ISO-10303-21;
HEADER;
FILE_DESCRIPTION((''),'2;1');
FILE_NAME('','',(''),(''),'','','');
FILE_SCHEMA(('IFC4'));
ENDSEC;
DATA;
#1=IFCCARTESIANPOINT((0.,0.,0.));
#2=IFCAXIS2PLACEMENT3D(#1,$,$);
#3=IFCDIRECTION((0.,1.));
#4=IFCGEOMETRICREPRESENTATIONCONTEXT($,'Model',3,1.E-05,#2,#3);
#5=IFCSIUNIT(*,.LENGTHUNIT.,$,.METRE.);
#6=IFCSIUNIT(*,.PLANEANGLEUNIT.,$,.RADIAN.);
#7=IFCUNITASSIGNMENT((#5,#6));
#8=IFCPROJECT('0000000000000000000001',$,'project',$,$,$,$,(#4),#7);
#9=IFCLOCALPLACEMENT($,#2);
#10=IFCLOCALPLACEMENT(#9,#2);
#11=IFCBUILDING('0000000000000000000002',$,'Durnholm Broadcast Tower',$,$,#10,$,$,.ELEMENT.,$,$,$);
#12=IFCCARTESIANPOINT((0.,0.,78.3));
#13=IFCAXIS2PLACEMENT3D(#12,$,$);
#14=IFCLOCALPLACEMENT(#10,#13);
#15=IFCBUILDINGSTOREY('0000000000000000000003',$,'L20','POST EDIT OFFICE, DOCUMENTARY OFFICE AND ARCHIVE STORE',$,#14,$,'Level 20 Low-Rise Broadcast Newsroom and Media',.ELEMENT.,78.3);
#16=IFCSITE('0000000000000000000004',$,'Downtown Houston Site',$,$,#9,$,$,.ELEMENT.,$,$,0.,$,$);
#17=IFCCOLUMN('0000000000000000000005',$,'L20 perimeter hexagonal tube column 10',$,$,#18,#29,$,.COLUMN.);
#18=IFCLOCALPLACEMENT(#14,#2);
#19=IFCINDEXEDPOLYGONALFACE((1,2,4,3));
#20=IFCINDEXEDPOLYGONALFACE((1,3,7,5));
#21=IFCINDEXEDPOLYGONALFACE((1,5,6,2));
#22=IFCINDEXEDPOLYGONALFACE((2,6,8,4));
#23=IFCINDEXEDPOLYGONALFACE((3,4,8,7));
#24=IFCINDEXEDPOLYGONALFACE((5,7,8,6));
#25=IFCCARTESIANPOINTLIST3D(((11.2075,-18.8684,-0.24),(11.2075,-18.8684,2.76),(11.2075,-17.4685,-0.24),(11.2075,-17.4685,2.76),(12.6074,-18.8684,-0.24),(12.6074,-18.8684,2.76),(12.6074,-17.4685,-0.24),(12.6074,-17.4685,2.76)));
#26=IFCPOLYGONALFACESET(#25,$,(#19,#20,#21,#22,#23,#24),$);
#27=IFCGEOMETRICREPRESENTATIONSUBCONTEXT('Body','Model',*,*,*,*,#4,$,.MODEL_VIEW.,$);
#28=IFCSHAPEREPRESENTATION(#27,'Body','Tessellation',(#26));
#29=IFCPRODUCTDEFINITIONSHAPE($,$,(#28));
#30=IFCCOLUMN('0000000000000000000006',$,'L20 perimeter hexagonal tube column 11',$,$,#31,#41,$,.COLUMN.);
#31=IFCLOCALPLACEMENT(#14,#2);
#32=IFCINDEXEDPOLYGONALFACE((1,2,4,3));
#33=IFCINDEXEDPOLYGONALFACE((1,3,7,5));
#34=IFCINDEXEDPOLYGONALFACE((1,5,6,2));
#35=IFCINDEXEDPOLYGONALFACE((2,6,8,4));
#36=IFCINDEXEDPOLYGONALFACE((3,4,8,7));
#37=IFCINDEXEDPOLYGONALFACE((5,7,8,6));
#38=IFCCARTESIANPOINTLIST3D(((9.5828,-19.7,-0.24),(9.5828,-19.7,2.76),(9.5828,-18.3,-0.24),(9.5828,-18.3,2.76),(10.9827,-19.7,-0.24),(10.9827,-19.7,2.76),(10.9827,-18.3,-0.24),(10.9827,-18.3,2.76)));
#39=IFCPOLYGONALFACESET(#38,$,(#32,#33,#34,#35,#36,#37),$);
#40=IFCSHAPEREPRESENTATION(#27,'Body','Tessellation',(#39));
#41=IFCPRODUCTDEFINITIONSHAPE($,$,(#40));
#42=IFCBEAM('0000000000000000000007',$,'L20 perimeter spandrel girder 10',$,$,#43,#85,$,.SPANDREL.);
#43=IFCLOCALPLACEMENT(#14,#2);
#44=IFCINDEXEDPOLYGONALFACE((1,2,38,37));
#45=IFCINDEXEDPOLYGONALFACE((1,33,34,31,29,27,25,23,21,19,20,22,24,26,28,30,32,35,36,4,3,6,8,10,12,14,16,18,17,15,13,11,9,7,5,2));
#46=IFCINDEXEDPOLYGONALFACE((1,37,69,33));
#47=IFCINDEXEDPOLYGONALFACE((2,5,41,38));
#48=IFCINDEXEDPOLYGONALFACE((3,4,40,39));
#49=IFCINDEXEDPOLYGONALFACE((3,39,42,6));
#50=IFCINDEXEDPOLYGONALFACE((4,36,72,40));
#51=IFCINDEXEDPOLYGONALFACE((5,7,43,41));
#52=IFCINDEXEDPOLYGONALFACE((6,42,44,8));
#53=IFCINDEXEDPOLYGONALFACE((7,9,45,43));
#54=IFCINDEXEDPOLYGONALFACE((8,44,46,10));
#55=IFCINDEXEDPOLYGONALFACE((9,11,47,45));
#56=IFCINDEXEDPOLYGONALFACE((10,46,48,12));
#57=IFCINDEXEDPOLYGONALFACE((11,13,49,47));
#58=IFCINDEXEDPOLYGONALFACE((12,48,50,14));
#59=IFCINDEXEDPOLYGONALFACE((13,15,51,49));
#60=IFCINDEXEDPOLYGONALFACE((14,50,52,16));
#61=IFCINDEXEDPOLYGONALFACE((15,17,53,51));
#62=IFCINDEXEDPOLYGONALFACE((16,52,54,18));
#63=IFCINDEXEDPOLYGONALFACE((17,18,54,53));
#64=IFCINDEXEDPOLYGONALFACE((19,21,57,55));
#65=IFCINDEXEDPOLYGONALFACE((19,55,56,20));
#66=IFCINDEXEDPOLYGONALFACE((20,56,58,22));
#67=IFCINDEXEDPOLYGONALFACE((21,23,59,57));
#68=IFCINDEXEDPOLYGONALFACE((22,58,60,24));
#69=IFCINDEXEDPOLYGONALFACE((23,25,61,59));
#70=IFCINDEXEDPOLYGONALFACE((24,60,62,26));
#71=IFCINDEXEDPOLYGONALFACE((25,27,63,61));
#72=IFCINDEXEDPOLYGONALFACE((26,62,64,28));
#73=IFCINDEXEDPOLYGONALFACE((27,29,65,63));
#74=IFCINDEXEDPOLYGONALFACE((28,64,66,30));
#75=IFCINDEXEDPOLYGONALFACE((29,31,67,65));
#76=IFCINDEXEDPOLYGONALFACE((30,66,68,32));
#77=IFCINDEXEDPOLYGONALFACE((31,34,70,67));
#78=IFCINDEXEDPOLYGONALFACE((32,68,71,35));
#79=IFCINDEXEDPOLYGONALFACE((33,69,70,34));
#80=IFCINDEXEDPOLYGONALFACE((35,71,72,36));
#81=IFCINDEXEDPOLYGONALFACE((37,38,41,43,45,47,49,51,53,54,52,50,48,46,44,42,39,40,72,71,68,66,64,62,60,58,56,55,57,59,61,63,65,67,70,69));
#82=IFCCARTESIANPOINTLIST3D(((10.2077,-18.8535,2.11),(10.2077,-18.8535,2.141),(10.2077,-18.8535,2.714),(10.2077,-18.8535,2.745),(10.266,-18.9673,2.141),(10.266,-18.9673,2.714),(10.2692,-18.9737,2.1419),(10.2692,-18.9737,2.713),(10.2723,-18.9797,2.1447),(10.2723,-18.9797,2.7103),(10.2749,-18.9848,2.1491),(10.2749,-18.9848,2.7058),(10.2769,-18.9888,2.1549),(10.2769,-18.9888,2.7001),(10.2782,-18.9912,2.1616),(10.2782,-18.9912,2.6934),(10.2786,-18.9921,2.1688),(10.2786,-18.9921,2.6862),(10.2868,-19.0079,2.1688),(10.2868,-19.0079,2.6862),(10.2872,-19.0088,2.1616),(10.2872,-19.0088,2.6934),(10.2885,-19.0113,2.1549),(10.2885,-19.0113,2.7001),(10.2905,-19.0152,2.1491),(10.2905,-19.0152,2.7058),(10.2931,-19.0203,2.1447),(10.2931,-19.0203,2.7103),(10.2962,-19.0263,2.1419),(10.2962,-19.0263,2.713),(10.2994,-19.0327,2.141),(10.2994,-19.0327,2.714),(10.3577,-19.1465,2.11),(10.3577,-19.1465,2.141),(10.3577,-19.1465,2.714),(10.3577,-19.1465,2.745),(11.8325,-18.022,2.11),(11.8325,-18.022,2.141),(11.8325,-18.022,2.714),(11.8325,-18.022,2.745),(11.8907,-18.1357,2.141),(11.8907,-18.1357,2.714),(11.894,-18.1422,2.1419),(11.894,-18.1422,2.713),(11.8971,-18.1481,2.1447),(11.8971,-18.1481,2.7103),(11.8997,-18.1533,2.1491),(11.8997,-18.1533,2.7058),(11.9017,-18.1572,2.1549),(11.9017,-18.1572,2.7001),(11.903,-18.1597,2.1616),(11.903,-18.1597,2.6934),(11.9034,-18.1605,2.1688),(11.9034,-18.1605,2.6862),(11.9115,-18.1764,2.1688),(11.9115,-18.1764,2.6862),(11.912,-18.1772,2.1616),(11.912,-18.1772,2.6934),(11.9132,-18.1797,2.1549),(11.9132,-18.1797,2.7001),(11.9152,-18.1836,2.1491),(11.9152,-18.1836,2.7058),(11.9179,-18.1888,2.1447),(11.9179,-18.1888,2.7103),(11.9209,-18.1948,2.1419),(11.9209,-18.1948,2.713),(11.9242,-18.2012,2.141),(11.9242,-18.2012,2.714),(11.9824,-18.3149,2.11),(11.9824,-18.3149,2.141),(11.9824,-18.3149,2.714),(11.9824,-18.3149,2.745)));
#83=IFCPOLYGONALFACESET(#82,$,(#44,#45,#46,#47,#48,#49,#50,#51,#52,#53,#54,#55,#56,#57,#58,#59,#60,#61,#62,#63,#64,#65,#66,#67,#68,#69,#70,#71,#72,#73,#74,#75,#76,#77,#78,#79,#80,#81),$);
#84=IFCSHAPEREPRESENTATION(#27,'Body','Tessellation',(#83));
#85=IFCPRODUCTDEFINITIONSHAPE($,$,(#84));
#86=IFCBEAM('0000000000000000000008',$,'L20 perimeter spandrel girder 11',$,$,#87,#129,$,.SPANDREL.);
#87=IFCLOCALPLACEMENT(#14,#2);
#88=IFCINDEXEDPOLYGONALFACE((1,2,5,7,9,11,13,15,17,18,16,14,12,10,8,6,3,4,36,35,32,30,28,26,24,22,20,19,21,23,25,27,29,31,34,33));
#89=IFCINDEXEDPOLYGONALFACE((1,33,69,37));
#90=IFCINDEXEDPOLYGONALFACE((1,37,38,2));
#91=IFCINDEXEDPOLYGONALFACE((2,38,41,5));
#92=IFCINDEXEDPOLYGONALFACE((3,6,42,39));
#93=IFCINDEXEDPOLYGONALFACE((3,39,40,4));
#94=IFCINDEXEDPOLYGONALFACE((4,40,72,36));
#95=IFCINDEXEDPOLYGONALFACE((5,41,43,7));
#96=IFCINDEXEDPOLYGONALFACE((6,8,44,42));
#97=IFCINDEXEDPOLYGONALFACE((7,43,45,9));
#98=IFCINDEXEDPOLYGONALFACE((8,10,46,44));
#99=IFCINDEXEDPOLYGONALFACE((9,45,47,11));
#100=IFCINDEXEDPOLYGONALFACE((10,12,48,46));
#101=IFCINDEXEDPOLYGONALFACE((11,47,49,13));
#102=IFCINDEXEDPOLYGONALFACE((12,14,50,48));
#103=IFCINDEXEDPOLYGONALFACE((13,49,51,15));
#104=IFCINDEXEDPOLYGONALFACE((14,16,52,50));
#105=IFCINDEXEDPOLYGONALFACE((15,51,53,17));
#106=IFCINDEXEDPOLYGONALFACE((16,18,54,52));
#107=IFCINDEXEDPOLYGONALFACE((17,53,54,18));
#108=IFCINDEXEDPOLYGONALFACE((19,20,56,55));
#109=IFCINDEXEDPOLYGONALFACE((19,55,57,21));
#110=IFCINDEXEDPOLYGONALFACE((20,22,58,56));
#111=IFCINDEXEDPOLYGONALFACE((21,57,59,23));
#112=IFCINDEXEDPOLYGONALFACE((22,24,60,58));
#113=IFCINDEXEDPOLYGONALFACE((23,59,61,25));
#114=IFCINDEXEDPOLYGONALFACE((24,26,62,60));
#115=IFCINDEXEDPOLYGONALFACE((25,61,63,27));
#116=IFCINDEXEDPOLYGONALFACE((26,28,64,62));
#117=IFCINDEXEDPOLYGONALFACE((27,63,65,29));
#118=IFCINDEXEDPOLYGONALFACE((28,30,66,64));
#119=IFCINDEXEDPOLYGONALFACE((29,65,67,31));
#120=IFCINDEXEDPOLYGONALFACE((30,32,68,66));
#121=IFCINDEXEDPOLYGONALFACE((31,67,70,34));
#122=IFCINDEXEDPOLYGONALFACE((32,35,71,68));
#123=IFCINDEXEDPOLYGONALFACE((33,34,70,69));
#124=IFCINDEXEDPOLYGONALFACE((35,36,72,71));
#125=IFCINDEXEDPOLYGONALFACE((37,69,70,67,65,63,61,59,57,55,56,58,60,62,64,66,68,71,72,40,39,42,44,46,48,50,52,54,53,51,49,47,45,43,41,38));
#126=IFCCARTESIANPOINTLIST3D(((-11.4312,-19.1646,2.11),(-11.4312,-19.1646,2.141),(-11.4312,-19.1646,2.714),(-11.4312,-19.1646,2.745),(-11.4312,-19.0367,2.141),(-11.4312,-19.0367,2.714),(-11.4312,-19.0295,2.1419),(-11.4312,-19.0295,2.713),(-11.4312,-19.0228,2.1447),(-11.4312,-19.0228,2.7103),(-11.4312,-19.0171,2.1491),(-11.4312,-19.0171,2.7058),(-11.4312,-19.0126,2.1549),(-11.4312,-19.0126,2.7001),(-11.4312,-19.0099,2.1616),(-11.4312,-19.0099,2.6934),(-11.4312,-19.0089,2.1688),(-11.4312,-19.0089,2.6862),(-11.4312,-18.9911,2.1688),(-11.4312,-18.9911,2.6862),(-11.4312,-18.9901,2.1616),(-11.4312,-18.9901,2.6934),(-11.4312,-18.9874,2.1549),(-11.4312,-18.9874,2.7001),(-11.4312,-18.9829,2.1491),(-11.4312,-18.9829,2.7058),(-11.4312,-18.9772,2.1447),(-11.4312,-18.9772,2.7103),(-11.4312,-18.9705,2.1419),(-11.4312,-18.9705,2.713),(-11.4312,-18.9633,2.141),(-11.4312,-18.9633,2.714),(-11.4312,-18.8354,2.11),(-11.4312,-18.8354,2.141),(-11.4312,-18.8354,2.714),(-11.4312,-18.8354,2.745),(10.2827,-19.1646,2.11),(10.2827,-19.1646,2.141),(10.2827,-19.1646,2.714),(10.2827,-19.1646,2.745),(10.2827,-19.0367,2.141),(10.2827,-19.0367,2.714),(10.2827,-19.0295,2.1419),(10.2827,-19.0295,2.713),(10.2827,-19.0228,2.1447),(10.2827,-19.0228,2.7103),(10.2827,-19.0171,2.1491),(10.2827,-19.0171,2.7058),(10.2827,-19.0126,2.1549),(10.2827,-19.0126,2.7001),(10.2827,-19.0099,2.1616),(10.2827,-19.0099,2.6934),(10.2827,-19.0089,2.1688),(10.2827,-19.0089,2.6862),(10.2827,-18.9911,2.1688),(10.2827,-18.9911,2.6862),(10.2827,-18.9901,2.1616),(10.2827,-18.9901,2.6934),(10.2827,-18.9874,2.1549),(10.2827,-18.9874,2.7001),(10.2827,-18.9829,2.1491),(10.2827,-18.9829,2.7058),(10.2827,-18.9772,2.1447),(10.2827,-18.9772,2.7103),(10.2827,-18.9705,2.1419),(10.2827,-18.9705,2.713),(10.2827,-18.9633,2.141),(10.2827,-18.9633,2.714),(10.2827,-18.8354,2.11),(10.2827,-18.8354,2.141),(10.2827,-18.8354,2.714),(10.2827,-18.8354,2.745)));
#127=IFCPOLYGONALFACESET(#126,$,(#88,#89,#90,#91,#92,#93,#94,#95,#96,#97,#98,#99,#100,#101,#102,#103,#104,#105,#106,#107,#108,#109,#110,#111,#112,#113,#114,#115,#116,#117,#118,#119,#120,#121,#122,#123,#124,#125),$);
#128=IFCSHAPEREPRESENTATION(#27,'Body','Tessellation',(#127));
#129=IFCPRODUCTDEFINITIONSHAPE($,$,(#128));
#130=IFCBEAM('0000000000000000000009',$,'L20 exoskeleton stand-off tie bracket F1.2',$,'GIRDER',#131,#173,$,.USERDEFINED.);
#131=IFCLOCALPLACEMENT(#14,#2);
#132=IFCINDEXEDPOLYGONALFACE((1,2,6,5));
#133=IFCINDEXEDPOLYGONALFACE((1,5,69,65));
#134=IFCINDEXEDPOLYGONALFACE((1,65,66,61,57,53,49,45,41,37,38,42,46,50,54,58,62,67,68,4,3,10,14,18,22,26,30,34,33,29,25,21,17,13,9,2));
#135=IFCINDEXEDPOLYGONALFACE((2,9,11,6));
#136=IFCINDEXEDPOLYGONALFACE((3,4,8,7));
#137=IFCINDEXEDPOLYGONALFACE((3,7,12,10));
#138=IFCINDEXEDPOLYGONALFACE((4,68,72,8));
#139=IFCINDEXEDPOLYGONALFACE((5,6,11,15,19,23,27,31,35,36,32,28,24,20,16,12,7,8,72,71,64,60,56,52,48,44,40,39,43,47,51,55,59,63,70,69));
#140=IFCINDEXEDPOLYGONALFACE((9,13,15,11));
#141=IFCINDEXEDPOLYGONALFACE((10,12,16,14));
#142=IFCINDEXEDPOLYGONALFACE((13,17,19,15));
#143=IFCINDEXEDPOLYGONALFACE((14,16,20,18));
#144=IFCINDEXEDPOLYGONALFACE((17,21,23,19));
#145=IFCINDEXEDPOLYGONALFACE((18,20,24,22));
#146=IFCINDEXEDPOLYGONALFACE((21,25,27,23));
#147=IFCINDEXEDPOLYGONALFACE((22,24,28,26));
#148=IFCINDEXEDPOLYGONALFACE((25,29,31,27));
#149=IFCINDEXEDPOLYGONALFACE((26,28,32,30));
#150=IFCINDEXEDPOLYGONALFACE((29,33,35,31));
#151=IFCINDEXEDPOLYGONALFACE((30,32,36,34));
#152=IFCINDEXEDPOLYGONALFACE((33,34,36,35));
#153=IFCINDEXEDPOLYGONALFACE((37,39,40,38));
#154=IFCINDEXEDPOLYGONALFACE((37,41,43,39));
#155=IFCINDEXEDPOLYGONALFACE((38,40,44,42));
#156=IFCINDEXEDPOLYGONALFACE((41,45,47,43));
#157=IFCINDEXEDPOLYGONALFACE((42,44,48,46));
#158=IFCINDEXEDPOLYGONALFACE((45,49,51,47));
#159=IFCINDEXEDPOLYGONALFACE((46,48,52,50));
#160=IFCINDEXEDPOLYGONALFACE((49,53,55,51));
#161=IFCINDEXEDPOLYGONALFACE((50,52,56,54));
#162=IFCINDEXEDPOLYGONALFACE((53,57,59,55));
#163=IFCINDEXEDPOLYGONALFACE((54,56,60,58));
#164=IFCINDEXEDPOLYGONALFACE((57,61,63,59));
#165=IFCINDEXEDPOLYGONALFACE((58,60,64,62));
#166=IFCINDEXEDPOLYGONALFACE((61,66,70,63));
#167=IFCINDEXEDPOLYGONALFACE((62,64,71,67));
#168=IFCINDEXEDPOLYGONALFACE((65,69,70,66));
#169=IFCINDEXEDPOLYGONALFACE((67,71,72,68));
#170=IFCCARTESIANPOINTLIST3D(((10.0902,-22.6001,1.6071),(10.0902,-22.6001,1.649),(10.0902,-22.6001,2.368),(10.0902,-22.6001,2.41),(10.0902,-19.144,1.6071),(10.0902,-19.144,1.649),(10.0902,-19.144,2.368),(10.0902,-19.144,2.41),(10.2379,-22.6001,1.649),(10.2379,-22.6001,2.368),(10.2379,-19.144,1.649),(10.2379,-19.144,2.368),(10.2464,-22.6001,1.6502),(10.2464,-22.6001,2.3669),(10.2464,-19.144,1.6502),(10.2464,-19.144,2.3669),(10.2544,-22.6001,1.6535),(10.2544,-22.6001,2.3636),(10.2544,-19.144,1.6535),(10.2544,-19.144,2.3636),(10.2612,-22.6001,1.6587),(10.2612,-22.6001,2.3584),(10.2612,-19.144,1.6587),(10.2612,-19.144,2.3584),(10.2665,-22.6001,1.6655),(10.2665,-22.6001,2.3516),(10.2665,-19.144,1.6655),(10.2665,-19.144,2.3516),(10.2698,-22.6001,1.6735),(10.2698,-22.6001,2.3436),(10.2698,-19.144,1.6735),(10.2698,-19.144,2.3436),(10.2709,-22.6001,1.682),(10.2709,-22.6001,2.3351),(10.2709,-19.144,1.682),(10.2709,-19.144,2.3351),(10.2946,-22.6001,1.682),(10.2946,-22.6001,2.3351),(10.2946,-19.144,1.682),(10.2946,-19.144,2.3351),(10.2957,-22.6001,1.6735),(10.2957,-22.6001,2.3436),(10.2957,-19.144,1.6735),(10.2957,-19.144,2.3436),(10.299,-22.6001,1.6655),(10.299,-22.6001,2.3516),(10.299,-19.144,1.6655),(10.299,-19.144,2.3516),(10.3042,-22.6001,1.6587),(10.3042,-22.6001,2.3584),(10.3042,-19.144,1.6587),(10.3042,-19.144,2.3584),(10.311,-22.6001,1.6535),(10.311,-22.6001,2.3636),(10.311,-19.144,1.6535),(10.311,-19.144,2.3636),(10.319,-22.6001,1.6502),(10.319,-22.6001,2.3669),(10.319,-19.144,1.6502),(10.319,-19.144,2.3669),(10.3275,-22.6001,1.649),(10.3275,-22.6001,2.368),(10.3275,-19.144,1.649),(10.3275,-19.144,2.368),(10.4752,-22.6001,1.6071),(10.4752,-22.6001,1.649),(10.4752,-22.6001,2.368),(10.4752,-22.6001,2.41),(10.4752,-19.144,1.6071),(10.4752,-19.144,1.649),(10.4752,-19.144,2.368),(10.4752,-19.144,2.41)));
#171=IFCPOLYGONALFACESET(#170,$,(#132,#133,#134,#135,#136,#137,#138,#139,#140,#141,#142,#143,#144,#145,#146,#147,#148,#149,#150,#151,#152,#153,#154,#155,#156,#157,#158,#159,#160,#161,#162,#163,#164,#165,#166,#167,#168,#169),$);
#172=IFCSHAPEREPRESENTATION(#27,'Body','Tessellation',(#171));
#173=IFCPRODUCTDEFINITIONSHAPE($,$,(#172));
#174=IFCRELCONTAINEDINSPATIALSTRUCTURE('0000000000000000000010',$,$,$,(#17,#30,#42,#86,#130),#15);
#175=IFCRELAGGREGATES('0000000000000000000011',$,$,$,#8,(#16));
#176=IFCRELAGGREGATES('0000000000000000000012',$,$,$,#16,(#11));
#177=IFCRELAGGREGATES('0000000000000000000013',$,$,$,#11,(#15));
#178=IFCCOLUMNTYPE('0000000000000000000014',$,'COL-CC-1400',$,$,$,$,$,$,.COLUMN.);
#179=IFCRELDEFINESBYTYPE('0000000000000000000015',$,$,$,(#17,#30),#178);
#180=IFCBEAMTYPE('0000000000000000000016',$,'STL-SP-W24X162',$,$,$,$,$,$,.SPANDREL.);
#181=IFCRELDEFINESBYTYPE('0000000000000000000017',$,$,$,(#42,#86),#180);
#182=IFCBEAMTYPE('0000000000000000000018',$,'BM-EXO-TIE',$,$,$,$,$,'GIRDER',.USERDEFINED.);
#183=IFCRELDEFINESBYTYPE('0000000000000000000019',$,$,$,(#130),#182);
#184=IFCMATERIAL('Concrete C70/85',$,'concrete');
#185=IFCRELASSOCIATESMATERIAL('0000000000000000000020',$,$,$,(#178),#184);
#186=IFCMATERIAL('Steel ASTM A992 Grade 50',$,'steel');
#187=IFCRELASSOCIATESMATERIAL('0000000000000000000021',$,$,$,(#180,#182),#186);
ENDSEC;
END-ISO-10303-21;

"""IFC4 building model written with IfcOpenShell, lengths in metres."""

from ifc_helpers import new_model, si_unit, direction, frame, origin, origin_2d, place, context, subcontext, project, spatial, rectangle, i_section, extrude, source, transform, mapped, material, material_profile, profile_set, type_object, type_shapes, element, save


model = new_model("IFC4")

# Units and contexts
model_context = context("Model", 3, precision=1e-05, world=origin(), true_north=direction((0.0, 1.0)))
body_context = subcontext(model_context, "Body", "Model", "MODEL_VIEW")
ifc_project = project(units=[si_unit("LENGTHUNIT", "METRE"), si_unit("PLANEANGLEUNIT", "RADIAN")], contexts=[model_context])

# Site, building, storey
site_placement = place(None, origin())
site = spatial("IfcSite", under=ifc_project, at=site_placement, Name="Downtown Houston Site", CompositionType="ELEMENT", RefElevation=0.0)
building_placement = place(site_placement, origin())
building = spatial("IfcBuilding", under=site, at=building_placement, Name="Durnholm Broadcast Tower", CompositionType="ELEMENT")
storey_placement = place(building_placement, frame((0.0, 0.0, 78.3)))
storey = spatial("IfcBuildingStorey", under=building, at=storey_placement, Name="L20", Description="POST EDIT OFFICE, DOCUMENTARY OFFICE AND ARCHIVE STORE", LongName="Level 20 Low-Rise Broadcast Newsroom and Media", CompositionType="ELEMENT", Elevation=78.3)

# Columns
ifc_material_1 = material(Name="Concrete C70/85", Category="concrete")
ifc_material_profile_1 = material_profile(ifc_material_1, rectangle(XDim=1.3999, YDim=1.3999, at=origin_2d()), Name="RC1400X1400")
ifc_profile_set_1 = profile_set([ifc_material_profile_1], Name="Concrete C70/85")
column_type = type_object("IfcColumnType", Name="COL-CC-1400", PredefinedType="COLUMN", material=ifc_profile_set_1)
shared_shape_1 = source(origin(), body_context, "Body", "SweptSolid", [
    extrude(rectangle(XDim=1.3999, YDim=1.3999, at=origin_2d()), origin(), (0.0, 0.0, 1.0), 3.0),
])
type_shapes(column_type, [shared_shape_1])
for number, where, z_axis, x_axis, name in (
    (1, (11.9075, -18.1685, -0.24), (0.0, 0.0, 1.0), (1.0, 0.0, 0.0), "L20 perimeter hexagonal tube column 10"),
    (2, (10.2827, -19.0, -0.24), (0.0, 0.0, 1.0), (1.0, 0.0, 0.0), "L20 perimeter hexagonal tube column 11"),
):
    element("IfcColumn", number, at=place(storey_placement, frame(where, z_axis=z_axis, x_axis=x_axis)), inside=storey, type_object=column_type, Name=name, PredefinedType="COLUMN", context=body_context, shape_type="MappedRepresentation", body=[
        mapped(shared_shape_1, transform((0.0, 0.0, 0.0), x_axis=(1.0, 0.0, 0.0), y_axis=(0.0, 1.0, 0.0), z_axis=(0.0, 0.0, 1.0), scale=1.0)),
    ])

# Beams
ifc_material_2 = material(Name="Steel ASTM A992 Grade 50", Category="steel")
ifc_material_profile_2 = material_profile(ifc_material_2, i_section(OverallWidth=0.3291, OverallDepth=0.635, WebThickness=0.0178, FlangeThickness=0.031, FilletRadius=0.0278, at=origin_2d()), Name="W24X162")
ifc_profile_set_2 = profile_set([ifc_material_profile_2], Name="Steel ASTM A992 Grade 50")
beam_type_1 = type_object("IfcBeamType", Name="STL-SP-W24X162", PredefinedType="SPANDREL", material=ifc_profile_set_2)
shared_shape_2 = source(origin(), body_context, "Body", "SweptSolid", [
    extrude(i_section(OverallWidth=0.3291, OverallDepth=0.635, WebThickness=0.0178, FlangeThickness=0.031, FilletRadius=0.0278, at=origin_2d()), origin(), (0.0, 0.0, 1.0), 1.8252),
])
beam_1_placement = place(storey_placement, frame((11.9075, -18.1685, 2.4275), z_axis=(-0.890188, -0.455594, 0.0), x_axis=(0.455594, -0.890188, 0.0)))
element("IfcBeam", 3, at=beam_1_placement, inside=storey, type_object=beam_type_1, Name="L20 perimeter spandrel girder 10", PredefinedType="SPANDREL", context=body_context, shape_type="MappedRepresentation", body=[
    mapped(shared_shape_2, transform((0.0, 0.0, 0.0), x_axis=(1.0, 0.0, 0.0), y_axis=(0.0, 1.0, 0.0), z_axis=(0.0, 0.0, 1.0), scale=1.0)),
])
shared_shape_3 = source(origin(), body_context, "Body", "SweptSolid", [
    extrude(i_section(OverallWidth=0.3291, OverallDepth=0.635, WebThickness=0.0178, FlangeThickness=0.031, FilletRadius=0.0278, at=origin_2d()), origin(), (0.0, 0.0, 1.0), 21.7139),
])
type_shapes(beam_type_1, [shared_shape_2, shared_shape_3])
beam_2_placement = place(storey_placement, frame((10.2827, -19.0, 2.4275), z_axis=(-1.0, 0.0, 0.0), x_axis=(0.0, -1.0, 0.0)))
element("IfcBeam", 4, at=beam_2_placement, inside=storey, type_object=beam_type_1, Name="L20 perimeter spandrel girder 11", PredefinedType="SPANDREL", context=body_context, shape_type="MappedRepresentation", body=[
    mapped(shared_shape_3, transform((0.0, 0.0, 0.0), x_axis=(1.0, 0.0, 0.0), y_axis=(0.0, 1.0, 0.0), z_axis=(0.0, 0.0, 1.0), scale=1.0)),
])
ifc_material_profile_3 = material_profile(ifc_material_2, i_section(OverallWidth=0.385, OverallDepth=0.803, WebThickness=0.0237, FlangeThickness=0.042, FilletRadius=0.033, at=origin_2d()), Name="W30X261")
ifc_profile_set_3 = profile_set([ifc_material_profile_3], Name="Steel ASTM A992 Grade 50")
beam_type_2 = type_object("IfcBeamType", Name="BM-EXO-TIE", ElementType="GIRDER", PredefinedType="USERDEFINED", material=ifc_profile_set_3)
shared_shape_4 = source(origin(), body_context, "Body", "SweptSolid", [
    extrude(i_section(OverallWidth=0.385, OverallDepth=0.803, WebThickness=0.0237, FlangeThickness=0.042, FilletRadius=0.033, at=origin_2d()), origin(), (0.0, 0.0, 1.0), 3.4561),
])
type_shapes(beam_type_2, [shared_shape_4])
for number, where, z_axis, x_axis, name in (
    (5, (10.2827, -19.144, 2.0085), (0.0, -1.0, 0.0), (1.0, 0.0, 0.0), "L20 exoskeleton stand-off tie bracket F1.2"),
):
    element("IfcBeam", number, at=place(storey_placement, frame(where, z_axis=z_axis, x_axis=x_axis)), inside=storey, type_object=beam_type_2, Name=name, ObjectType="GIRDER", PredefinedType="USERDEFINED", context=body_context, shape_type="MappedRepresentation", body=[
        mapped(shared_shape_4, transform((0.0, 0.0, 0.0), x_axis=(1.0, 0.0, 0.0), y_axis=(0.0, 1.0, 0.0), z_axis=(0.0, 0.0, 1.0), scale=1.0)),
    ])

save(model, "model.ifc")
